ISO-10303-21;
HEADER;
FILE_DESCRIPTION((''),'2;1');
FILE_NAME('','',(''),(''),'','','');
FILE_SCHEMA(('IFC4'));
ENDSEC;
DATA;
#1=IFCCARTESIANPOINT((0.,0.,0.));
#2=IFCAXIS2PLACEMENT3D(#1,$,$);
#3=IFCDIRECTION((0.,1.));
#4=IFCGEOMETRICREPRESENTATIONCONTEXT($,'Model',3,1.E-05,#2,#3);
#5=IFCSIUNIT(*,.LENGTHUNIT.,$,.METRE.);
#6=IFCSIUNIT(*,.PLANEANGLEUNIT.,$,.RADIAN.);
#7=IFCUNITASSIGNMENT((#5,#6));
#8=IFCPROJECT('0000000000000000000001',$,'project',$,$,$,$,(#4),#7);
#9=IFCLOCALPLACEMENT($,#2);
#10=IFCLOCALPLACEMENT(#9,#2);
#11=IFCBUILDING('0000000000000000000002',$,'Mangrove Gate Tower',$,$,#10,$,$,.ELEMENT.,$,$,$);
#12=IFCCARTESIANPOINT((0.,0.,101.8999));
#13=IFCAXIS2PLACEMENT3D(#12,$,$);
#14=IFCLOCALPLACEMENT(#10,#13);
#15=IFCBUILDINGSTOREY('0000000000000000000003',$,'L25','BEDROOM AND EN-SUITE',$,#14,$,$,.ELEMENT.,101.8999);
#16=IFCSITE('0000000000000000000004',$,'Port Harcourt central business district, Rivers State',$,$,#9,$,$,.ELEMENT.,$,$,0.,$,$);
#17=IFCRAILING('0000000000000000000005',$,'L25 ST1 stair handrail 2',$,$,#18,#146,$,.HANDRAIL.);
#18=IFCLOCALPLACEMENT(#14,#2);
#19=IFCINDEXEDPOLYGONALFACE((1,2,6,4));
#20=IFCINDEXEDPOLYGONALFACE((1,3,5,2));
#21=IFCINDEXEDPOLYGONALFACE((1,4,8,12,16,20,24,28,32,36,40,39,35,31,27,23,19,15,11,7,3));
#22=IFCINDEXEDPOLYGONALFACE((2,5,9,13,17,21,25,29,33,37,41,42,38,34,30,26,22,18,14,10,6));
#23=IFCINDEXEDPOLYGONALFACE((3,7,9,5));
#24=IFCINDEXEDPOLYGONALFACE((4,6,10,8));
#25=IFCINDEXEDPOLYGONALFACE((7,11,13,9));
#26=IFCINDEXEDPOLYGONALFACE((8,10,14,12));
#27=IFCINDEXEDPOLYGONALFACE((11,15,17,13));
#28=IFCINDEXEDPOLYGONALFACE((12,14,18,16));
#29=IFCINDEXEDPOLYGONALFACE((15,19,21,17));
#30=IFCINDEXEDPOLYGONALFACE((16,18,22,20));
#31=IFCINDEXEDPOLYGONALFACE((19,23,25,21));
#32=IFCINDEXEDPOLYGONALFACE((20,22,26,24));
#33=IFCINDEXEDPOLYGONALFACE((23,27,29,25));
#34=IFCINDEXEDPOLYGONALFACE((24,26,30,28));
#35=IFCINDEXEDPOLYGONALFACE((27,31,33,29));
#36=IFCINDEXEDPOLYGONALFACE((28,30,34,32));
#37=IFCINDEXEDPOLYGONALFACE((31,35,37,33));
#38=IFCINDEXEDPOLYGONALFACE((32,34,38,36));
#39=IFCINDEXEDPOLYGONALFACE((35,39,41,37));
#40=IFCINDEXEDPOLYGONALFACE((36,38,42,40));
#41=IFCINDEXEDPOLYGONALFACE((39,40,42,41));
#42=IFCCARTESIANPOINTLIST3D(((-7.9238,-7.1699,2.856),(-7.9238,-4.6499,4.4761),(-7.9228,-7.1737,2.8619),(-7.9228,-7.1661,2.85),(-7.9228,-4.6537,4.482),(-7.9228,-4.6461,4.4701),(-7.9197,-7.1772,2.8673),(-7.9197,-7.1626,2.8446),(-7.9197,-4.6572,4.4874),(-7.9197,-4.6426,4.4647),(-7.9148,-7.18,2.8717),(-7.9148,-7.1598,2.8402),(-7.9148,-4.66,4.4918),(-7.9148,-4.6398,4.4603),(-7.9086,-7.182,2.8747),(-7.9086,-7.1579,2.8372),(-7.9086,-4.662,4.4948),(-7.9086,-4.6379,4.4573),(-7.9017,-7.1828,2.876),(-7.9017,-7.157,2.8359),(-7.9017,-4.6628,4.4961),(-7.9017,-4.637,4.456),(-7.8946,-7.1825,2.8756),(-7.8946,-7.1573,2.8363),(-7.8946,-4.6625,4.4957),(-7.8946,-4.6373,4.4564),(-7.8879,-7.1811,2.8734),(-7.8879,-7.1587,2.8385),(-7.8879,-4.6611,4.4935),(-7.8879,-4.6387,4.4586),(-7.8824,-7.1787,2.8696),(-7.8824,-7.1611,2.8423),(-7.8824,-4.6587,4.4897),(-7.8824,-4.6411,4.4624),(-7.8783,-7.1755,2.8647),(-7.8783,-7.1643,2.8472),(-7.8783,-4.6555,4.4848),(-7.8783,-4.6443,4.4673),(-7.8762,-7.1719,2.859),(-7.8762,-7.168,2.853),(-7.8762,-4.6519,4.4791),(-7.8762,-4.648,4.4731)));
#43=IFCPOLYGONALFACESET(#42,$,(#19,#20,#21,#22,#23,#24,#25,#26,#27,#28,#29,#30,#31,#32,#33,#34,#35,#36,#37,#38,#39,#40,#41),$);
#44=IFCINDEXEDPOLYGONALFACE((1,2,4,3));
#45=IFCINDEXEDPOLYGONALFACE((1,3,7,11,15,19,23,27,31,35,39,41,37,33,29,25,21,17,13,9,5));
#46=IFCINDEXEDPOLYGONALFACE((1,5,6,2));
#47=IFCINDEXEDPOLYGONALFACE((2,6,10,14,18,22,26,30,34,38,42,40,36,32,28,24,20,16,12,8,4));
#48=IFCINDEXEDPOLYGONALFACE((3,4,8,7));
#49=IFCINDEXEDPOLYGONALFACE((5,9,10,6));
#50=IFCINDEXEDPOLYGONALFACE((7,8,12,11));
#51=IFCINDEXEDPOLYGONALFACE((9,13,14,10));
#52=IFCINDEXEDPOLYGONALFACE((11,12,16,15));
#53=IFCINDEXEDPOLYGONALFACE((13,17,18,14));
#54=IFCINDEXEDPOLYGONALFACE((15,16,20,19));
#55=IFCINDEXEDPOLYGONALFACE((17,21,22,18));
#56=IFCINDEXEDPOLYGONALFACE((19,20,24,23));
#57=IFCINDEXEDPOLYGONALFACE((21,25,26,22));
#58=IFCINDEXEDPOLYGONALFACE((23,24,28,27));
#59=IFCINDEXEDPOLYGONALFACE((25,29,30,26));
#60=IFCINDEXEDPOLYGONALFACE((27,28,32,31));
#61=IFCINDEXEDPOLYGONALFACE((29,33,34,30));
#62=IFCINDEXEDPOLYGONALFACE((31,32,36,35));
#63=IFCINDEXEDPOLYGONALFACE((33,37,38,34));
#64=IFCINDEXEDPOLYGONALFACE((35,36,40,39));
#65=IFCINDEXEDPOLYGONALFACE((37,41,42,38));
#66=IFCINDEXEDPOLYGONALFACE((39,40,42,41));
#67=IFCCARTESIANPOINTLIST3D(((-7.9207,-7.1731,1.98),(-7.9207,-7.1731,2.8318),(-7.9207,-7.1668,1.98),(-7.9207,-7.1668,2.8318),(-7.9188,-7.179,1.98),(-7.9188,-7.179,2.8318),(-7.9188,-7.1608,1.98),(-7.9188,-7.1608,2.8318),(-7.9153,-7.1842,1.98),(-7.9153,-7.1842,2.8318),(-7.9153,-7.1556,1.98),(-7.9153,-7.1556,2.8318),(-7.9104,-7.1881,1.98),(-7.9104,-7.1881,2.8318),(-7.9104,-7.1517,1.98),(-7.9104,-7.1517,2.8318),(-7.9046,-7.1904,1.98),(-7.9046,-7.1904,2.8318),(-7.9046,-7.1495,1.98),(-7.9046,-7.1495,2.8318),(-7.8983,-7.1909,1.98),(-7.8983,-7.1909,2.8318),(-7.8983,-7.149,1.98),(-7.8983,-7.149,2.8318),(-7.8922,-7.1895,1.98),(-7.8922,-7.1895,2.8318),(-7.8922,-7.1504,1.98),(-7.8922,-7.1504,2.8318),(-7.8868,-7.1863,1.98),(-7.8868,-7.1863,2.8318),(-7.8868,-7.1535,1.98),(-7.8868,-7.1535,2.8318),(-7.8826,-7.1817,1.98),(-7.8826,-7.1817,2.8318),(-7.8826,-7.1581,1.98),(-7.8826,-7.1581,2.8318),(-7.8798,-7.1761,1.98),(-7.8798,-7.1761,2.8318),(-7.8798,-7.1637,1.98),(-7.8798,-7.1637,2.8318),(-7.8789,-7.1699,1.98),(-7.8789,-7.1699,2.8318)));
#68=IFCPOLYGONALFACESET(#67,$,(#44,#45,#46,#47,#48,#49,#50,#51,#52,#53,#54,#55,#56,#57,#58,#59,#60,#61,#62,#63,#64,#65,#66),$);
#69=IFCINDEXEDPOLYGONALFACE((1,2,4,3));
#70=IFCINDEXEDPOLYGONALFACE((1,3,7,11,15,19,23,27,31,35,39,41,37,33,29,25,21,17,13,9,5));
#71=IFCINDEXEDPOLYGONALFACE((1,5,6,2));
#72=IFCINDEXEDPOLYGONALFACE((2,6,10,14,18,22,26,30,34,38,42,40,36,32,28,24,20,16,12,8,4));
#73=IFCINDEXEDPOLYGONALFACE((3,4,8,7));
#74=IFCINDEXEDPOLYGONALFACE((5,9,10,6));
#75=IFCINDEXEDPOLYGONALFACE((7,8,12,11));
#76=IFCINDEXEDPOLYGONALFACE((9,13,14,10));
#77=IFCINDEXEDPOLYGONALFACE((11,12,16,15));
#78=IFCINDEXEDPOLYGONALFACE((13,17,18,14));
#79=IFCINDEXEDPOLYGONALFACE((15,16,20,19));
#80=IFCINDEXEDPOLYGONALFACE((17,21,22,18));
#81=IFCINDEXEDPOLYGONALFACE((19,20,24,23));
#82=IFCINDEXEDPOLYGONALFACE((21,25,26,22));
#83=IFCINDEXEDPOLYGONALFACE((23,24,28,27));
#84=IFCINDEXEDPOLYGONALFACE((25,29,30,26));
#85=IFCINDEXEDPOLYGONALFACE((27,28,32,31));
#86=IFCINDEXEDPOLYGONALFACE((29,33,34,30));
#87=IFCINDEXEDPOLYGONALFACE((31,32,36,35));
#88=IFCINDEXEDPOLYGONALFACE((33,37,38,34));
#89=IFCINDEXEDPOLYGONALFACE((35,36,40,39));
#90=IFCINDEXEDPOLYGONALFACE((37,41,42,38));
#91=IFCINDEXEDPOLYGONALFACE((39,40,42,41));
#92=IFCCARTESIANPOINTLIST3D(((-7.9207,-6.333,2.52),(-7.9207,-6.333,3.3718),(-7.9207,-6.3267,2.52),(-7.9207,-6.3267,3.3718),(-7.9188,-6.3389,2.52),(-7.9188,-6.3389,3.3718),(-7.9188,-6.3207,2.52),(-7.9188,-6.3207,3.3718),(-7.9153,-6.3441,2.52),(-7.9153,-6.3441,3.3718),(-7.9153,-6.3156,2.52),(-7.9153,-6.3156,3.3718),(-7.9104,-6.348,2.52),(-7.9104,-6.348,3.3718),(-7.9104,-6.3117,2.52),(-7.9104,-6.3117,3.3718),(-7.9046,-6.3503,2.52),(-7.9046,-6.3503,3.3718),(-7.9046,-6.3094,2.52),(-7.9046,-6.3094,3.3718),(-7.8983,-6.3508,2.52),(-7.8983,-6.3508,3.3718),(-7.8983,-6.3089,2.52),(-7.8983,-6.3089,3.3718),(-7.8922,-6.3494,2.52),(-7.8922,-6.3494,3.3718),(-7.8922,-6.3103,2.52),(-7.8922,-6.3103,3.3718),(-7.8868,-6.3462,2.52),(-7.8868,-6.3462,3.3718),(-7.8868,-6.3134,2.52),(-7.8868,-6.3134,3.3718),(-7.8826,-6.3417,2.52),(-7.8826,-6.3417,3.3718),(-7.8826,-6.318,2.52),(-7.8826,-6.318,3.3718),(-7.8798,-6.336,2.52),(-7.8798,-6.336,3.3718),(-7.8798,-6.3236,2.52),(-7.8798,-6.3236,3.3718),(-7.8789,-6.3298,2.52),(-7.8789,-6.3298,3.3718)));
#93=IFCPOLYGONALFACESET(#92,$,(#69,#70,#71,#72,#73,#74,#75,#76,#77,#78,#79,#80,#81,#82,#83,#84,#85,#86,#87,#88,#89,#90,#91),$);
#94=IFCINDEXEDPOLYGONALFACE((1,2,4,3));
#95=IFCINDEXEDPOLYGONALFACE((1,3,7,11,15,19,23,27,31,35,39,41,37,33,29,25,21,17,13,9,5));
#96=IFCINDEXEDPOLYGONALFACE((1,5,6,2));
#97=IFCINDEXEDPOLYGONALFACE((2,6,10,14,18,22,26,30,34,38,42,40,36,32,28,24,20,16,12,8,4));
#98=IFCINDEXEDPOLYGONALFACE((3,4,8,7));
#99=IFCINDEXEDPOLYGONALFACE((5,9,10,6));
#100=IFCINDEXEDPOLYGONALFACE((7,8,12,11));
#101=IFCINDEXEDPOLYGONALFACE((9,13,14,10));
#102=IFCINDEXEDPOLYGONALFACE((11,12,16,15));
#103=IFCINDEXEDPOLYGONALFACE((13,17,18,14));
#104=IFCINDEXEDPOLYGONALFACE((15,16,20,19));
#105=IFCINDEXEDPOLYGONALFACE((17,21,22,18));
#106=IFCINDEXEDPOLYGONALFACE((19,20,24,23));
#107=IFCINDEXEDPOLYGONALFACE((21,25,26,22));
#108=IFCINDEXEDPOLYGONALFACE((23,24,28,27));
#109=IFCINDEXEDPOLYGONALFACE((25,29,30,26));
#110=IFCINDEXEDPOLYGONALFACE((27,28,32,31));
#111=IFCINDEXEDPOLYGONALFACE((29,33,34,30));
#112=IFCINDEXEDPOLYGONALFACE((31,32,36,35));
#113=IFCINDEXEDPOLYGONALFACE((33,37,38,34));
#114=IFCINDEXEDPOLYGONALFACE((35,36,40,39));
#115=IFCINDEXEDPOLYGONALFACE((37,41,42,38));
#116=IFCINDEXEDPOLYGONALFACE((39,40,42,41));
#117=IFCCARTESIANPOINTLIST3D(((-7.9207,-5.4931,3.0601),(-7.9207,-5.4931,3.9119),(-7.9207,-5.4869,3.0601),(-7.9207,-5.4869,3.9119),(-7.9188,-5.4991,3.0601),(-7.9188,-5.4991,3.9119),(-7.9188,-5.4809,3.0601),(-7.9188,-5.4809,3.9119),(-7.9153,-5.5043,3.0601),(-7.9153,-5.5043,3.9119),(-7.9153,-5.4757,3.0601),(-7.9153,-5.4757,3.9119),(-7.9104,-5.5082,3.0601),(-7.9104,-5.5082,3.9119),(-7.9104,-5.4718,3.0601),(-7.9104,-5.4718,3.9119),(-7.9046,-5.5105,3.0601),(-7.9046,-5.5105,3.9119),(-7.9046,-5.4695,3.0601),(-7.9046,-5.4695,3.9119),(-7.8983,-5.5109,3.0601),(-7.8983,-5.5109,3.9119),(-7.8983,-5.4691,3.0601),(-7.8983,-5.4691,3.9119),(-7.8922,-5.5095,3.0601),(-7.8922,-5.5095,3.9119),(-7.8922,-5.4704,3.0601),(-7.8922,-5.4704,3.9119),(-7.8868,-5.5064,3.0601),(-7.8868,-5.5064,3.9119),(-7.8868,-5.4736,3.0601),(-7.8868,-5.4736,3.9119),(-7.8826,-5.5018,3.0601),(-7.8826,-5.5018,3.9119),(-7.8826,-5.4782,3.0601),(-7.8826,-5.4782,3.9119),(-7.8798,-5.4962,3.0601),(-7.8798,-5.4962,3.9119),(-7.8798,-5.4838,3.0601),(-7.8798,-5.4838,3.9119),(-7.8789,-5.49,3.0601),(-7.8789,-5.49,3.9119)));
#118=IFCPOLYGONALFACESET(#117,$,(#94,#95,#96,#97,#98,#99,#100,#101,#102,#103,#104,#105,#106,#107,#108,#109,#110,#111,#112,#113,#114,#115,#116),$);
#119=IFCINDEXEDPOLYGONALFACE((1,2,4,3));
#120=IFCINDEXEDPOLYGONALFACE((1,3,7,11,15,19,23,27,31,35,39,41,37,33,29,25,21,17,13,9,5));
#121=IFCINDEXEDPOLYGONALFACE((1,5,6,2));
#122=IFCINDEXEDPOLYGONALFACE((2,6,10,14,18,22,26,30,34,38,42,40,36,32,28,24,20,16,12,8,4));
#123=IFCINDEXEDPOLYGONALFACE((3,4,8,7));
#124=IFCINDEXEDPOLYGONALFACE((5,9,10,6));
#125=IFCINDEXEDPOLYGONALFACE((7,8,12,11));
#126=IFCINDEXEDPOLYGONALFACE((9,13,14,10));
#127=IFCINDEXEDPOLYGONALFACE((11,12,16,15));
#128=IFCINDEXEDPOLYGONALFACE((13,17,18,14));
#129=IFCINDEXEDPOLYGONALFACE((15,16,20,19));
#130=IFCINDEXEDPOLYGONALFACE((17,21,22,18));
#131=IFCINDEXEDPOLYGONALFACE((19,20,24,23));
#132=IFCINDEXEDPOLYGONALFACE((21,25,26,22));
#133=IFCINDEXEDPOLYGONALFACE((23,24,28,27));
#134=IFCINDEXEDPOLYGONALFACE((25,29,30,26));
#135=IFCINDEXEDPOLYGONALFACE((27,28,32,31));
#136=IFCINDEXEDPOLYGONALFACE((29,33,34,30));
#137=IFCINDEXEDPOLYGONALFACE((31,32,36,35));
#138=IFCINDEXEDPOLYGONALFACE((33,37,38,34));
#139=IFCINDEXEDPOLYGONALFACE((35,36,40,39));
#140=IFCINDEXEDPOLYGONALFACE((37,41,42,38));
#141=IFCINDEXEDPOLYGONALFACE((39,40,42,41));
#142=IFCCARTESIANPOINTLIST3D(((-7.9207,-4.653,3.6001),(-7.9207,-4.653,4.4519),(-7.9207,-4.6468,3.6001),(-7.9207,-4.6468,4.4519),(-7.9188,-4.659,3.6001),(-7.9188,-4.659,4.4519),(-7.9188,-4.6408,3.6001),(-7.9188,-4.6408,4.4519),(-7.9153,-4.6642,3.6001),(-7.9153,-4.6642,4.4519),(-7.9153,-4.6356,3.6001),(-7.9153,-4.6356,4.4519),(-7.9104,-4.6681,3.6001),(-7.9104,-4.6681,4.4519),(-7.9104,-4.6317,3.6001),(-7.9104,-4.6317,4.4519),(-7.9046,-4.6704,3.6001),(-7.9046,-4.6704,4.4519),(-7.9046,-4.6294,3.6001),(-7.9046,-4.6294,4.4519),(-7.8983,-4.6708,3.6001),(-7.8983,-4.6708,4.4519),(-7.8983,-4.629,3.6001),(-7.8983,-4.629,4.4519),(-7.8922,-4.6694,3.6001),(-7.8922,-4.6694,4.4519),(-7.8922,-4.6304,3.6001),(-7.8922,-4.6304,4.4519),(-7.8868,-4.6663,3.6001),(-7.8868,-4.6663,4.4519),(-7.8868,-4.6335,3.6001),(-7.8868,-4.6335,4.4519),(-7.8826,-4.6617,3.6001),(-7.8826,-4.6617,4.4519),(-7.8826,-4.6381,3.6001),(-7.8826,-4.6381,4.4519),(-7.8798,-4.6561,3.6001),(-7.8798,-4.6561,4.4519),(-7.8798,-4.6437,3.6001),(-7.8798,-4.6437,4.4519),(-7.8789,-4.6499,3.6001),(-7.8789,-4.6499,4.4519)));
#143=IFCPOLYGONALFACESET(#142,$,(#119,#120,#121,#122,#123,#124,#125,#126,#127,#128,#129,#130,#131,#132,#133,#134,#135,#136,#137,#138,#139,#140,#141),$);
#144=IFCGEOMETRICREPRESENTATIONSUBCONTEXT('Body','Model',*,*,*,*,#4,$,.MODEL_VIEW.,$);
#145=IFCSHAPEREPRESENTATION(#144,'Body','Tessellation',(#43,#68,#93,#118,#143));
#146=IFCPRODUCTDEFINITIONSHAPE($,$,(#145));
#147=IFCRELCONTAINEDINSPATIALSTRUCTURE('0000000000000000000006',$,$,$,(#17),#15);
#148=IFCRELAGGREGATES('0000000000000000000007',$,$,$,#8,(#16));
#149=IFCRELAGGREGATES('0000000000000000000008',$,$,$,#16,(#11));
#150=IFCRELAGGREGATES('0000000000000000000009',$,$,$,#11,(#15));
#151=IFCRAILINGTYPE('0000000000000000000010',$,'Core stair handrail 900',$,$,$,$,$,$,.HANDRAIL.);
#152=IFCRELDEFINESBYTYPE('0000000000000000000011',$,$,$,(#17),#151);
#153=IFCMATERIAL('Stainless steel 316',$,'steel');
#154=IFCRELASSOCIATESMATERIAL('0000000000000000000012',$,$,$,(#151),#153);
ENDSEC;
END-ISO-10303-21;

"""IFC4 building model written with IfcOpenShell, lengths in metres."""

from ifc_helpers import new_model, si_unit, direction, frame, origin, origin_2d, place, context, subcontext, project, spatial, circle, extrude, material, type_object, element, save


model = new_model("IFC4")

# Units and contexts
model_context = context("Model", 3, precision=1e-05, world=origin(), true_north=direction((0.0, 1.0)))
body_context = subcontext(model_context, "Body", "Model", "MODEL_VIEW")
ifc_project = project(units=[si_unit("LENGTHUNIT", "METRE"), si_unit("PLANEANGLEUNIT", "RADIAN")], contexts=[model_context])

# Site, building, storey
site_placement = place(None, origin())
site = spatial("IfcSite", under=ifc_project, at=site_placement, Name="Port Harcourt central business district, Rivers State", CompositionType="ELEMENT", RefElevation=0.0)
building_placement = place(site_placement, origin())
building = spatial("IfcBuilding", under=site, at=building_placement, Name="Mangrove Gate Tower", CompositionType="ELEMENT")
storey_placement = place(building_placement, frame((0.0, 0.0, 101.8999)))
storey = spatial("IfcBuildingStorey", under=building, at=storey_placement, Name="L25", Description="BEDROOM AND EN-SUITE", CompositionType="ELEMENT", Elevation=101.8999)

# Railing
ifc_material_1 = material(Name="Stainless steel 316", Category="steel")
railing_type_1 = type_object("IfcRailingType", Name="Core stair handrail 900", PredefinedType="HANDRAIL", material=ifc_material_1)
railing_1_placement = place(storey_placement, frame((-7.8999, -7.1699, 1.98)))
element("IfcRailing", 1, at=railing_1_placement, inside=storey, type_object=railing_type_1, Name="L25 ST1 stair handrail 2", PredefinedType="HANDRAIL", context=body_context, shape_type="SweptSolid", body=[
    extrude(circle(Radius=0.0239, at=origin_2d()), frame((0.0, 0.0, 0.876), z_axis=(0.0, 0.841163, 0.540782), x_axis=(-1.0, 0.0, 0.0)), (0.0, 0.0, 1.0), 2.9958),
    extrude(circle(Radius=0.021, at=origin_2d()), origin(), (0.0, 0.0, 1.0), 0.8518),
    extrude(circle(Radius=0.021, at=origin_2d()), frame((0.0, 0.8401, 0.54)), (0.0, 0.0, 1.0), 0.8518),
    extrude(circle(Radius=0.021, at=origin_2d()), frame((0.0, 1.6799, 1.0801)), (0.0, 0.0, 1.0), 0.8518),
    extrude(circle(Radius=0.021, at=origin_2d()), frame((0.0, 2.52, 1.6201)), (0.0, 0.0, 1.0), 0.8518),
])

save(model, "model.ifc")
